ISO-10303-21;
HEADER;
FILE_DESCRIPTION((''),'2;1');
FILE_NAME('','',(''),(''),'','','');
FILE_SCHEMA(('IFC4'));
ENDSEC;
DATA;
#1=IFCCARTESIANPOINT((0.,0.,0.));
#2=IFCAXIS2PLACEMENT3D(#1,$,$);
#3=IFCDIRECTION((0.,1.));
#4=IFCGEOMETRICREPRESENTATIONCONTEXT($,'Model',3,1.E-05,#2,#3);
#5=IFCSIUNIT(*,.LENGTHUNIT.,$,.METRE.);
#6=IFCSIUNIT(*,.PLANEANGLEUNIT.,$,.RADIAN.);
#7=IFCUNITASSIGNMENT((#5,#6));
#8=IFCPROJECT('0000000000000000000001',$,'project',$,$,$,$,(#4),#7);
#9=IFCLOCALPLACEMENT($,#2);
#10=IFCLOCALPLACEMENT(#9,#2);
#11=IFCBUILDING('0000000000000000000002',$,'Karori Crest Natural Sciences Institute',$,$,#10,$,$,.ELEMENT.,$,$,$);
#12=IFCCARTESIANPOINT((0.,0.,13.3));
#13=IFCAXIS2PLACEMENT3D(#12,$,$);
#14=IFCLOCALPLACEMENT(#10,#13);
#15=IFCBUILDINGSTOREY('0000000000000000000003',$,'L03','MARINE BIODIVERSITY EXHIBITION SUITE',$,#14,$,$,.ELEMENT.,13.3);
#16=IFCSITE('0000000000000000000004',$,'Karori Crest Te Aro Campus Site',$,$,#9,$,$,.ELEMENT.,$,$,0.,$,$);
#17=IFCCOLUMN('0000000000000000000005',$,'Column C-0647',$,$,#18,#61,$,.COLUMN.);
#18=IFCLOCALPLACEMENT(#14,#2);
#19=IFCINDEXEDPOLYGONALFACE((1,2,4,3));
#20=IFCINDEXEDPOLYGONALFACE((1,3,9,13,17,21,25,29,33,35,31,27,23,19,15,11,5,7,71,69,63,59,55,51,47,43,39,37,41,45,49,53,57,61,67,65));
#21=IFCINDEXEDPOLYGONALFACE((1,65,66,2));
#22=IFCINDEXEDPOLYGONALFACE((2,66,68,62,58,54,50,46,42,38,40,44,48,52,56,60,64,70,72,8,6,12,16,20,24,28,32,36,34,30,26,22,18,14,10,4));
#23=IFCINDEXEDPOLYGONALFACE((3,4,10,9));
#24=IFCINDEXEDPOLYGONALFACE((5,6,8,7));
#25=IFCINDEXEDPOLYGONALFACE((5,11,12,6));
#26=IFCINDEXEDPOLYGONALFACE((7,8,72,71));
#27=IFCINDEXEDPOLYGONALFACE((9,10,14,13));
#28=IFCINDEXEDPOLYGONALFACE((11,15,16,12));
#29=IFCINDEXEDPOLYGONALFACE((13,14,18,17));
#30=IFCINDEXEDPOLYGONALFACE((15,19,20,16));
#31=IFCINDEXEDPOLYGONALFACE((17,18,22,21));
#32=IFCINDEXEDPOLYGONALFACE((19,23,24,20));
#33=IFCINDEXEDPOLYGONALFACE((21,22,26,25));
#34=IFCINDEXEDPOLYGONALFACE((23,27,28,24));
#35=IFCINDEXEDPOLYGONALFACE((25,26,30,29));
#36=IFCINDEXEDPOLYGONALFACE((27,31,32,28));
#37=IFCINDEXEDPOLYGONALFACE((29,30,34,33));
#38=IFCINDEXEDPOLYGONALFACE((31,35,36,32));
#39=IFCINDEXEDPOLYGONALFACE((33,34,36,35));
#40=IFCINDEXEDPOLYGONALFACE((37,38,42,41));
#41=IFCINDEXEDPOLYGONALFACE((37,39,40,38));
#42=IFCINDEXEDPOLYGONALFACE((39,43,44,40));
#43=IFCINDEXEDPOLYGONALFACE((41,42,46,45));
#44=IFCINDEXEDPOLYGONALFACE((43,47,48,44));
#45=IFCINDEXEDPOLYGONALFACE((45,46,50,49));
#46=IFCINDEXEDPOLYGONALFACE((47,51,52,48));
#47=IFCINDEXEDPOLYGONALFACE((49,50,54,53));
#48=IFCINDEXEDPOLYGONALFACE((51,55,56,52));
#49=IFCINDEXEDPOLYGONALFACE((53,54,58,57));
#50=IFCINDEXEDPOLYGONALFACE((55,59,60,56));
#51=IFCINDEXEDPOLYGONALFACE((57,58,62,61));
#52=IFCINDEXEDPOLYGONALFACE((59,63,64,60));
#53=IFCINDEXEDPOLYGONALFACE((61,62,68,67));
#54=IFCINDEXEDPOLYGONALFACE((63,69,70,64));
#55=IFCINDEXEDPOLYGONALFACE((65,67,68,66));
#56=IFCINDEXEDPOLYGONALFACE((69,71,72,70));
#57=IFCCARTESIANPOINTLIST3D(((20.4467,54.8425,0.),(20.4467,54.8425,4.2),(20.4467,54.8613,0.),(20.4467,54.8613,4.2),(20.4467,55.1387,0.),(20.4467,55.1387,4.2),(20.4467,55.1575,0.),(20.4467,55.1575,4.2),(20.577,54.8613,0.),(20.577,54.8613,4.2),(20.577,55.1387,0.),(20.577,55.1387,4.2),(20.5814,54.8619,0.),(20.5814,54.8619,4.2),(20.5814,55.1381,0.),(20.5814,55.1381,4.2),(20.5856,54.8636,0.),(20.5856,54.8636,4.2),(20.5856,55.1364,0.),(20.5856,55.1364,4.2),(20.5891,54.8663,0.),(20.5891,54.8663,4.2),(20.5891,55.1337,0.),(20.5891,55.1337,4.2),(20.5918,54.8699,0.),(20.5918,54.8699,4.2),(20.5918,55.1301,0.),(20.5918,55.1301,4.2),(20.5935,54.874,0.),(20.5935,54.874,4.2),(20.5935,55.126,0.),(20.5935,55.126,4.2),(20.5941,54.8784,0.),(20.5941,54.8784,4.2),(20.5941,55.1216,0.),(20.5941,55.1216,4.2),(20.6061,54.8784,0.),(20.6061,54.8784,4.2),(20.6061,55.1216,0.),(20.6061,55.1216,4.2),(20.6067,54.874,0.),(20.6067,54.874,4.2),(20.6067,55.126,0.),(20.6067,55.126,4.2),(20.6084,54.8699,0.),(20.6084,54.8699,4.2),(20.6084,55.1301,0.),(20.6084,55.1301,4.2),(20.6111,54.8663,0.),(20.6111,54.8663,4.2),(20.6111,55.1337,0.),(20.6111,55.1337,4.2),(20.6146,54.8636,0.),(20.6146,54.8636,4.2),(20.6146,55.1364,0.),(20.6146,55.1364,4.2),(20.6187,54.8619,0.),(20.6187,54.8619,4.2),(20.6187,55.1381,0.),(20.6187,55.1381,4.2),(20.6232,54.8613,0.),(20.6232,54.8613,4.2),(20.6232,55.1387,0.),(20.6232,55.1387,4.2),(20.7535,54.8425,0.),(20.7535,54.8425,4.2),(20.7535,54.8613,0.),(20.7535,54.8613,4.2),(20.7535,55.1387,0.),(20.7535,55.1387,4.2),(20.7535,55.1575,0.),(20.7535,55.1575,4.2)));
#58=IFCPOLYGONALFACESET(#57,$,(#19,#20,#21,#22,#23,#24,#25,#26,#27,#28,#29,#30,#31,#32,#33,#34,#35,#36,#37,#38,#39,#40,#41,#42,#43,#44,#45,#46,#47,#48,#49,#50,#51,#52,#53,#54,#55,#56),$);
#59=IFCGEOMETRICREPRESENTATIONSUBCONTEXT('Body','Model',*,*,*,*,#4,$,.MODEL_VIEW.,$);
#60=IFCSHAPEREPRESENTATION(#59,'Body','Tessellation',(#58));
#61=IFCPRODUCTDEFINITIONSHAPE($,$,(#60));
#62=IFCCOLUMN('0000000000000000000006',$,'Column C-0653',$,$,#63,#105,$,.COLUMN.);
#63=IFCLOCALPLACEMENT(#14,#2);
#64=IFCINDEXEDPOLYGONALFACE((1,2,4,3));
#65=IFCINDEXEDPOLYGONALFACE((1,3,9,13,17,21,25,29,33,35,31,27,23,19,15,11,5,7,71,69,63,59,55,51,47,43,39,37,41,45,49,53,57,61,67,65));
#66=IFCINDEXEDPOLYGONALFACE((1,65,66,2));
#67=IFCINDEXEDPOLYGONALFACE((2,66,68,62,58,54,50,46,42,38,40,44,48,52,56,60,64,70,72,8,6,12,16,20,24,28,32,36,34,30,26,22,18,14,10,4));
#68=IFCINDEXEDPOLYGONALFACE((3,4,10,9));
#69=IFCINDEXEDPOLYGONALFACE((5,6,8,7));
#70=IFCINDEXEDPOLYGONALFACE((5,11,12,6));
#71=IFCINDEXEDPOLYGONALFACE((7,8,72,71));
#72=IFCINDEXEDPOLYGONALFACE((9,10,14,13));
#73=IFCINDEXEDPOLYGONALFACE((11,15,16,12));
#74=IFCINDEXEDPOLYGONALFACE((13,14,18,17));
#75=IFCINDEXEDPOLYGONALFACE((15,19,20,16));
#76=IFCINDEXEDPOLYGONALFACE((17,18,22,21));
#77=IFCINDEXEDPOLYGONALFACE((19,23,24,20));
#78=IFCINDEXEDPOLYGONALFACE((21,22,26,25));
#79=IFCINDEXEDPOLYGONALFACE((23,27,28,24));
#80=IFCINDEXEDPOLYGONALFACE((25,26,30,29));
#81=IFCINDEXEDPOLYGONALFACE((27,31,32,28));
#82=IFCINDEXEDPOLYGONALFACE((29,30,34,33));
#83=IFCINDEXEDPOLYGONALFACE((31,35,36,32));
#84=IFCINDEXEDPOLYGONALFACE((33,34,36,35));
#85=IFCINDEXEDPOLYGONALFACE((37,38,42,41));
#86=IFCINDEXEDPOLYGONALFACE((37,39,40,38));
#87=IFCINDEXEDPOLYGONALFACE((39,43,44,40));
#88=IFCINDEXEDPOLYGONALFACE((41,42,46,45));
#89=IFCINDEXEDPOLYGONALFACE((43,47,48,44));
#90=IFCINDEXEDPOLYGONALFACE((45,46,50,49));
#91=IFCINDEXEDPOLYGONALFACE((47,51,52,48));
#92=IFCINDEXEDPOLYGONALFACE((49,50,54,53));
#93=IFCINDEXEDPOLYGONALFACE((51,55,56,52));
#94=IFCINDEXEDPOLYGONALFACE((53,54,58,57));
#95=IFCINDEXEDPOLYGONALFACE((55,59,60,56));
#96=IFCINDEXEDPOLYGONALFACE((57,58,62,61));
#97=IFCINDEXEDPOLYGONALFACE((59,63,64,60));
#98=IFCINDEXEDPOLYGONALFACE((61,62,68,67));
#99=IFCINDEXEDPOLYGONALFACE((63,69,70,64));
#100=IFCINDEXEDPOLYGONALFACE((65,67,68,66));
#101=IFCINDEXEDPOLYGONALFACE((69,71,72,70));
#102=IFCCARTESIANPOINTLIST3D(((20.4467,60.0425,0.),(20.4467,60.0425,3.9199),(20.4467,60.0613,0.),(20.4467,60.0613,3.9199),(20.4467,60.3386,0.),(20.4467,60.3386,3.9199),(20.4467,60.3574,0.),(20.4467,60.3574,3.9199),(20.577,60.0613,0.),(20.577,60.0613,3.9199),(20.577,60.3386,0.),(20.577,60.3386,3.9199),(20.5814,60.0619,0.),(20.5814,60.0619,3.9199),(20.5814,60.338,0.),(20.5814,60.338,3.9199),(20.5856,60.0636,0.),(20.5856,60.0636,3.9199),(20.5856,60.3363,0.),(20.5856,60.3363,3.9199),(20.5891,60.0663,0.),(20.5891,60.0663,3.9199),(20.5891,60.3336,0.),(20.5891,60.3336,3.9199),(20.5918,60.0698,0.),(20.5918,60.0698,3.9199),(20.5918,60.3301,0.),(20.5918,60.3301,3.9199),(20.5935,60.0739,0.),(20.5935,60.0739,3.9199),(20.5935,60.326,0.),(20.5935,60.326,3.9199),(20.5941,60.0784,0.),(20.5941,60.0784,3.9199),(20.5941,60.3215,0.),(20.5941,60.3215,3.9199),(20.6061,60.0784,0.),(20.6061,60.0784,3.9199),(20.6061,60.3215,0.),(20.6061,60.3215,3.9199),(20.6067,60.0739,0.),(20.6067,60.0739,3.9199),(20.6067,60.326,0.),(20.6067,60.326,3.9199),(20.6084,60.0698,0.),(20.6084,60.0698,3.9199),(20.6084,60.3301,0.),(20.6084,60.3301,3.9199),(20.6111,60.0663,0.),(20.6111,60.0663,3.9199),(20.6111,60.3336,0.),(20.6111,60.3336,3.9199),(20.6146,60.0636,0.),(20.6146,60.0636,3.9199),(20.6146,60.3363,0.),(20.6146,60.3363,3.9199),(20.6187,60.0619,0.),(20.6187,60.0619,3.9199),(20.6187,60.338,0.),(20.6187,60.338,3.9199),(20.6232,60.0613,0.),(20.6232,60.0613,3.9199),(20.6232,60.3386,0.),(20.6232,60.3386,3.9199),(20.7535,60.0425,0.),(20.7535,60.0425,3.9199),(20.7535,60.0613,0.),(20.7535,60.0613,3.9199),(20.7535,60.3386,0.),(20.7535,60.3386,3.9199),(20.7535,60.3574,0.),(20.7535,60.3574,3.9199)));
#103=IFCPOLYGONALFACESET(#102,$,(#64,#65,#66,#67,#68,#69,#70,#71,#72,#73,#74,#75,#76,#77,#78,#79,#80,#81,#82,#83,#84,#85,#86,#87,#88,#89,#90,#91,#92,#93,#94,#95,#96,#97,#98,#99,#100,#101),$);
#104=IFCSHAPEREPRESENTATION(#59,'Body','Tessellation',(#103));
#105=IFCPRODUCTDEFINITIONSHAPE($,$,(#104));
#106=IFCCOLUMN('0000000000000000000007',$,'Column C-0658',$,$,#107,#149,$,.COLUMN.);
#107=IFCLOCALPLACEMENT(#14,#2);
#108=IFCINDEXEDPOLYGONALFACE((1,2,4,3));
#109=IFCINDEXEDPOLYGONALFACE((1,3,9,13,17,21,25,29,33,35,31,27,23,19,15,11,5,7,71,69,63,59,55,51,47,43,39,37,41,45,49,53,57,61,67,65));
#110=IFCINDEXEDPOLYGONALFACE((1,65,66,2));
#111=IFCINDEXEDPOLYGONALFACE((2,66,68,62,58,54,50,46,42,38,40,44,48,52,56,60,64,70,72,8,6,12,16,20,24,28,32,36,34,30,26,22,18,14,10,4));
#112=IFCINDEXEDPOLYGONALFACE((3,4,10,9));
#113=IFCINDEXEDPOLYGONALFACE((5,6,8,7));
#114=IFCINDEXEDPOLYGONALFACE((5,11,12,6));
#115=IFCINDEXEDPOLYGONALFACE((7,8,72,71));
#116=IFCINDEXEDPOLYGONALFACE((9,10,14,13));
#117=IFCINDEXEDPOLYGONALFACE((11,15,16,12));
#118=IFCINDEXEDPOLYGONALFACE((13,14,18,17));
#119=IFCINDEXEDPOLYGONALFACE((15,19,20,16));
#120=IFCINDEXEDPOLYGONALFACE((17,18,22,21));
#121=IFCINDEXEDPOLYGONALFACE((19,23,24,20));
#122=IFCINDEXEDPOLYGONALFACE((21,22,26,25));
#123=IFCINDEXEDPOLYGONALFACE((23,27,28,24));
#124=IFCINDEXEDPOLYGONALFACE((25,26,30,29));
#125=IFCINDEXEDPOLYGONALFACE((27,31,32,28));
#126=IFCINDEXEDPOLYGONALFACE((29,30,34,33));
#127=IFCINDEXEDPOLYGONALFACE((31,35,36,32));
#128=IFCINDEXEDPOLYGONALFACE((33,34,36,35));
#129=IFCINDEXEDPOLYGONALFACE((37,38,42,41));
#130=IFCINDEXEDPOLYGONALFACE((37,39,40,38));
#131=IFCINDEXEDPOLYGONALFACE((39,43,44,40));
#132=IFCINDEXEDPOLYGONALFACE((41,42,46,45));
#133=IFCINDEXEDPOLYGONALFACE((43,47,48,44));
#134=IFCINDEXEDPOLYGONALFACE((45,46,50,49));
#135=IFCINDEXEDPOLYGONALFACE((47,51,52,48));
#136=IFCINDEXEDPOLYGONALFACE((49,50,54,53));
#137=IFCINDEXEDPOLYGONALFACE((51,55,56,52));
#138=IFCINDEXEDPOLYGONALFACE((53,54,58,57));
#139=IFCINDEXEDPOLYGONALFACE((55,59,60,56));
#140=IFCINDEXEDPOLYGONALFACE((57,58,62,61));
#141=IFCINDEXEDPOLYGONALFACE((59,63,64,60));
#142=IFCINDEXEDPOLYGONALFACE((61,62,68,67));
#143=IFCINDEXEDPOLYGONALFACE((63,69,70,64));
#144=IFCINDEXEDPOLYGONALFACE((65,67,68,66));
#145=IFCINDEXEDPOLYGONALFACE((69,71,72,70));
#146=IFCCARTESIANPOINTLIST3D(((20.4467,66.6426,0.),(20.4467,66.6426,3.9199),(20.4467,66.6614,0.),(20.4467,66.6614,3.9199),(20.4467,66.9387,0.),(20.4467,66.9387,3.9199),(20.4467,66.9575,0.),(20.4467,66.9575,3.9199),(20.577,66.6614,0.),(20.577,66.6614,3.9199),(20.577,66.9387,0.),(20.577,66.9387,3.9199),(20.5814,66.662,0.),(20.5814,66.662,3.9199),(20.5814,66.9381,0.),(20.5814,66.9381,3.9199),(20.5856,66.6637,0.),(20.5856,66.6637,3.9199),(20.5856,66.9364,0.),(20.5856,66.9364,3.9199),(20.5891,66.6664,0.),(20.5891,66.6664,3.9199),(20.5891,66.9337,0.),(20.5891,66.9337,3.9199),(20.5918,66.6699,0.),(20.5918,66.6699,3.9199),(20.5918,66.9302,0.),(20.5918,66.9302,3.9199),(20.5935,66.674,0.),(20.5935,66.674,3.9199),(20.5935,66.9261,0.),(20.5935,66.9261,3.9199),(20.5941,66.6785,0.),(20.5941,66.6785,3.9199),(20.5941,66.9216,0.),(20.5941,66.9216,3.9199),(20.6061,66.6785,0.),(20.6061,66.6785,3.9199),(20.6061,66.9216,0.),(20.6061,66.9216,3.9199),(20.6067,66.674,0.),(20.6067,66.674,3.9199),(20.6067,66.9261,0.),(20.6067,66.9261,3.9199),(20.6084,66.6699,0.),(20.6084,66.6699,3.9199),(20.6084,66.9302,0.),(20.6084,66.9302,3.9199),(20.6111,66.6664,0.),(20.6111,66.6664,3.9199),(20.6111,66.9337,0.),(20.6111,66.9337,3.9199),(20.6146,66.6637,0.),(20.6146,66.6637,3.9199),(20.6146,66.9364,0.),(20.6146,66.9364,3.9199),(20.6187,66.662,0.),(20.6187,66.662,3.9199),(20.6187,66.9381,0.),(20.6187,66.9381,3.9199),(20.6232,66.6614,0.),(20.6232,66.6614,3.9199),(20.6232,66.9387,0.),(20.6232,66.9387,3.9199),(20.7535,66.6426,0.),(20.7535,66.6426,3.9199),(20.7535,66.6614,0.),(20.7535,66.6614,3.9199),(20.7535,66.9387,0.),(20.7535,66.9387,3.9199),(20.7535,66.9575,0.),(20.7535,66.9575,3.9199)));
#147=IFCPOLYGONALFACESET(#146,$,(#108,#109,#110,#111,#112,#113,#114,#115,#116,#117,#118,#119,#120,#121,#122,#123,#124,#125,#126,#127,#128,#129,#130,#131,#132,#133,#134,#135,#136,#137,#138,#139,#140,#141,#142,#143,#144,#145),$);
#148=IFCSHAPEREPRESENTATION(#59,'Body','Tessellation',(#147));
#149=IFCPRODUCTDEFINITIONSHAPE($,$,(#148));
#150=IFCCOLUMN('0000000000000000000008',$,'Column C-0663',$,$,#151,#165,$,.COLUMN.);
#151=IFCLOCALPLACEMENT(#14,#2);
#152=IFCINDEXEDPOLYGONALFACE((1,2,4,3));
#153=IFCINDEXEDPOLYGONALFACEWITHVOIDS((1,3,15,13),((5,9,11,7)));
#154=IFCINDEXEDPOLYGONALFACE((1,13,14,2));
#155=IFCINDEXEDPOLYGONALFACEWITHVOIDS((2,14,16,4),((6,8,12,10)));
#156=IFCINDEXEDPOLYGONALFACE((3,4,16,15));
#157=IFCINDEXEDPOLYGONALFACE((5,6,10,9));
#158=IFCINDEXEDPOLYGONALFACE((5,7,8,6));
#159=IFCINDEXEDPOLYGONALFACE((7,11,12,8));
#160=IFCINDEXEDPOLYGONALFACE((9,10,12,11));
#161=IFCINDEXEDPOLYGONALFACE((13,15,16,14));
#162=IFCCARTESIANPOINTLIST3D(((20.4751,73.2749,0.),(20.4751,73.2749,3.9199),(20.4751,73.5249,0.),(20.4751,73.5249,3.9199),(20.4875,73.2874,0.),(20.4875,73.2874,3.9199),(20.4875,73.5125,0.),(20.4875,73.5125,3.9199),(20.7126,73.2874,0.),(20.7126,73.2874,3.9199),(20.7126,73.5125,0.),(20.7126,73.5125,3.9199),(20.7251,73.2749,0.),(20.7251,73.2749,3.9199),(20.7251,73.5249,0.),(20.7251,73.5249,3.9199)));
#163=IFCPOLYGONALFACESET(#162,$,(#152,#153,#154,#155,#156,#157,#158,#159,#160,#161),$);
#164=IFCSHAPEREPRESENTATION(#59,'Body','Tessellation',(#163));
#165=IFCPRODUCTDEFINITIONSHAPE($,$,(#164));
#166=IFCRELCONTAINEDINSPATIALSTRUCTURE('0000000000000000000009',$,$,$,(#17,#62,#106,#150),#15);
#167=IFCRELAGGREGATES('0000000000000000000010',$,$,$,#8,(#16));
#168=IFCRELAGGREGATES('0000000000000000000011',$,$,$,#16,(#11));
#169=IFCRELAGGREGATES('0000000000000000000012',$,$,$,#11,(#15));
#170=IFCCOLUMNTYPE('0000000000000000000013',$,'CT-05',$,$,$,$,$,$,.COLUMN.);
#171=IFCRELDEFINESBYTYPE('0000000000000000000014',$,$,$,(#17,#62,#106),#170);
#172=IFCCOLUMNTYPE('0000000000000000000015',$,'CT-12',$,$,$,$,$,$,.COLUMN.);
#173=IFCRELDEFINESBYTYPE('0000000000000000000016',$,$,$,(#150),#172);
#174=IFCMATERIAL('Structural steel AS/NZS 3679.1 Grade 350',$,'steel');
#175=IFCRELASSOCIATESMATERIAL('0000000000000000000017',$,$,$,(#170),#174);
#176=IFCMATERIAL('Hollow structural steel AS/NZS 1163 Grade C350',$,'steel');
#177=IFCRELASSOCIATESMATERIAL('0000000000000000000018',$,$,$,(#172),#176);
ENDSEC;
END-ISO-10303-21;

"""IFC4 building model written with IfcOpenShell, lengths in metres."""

from ifc_helpers import new_model, si_unit, direction, frame, origin, origin_2d, place, context, subcontext, project, spatial, hollow_rectangle, i_section, extrude, material, material_profile, profile_set, type_object, element, save


model = new_model("IFC4")

# Units and contexts
model_context = context("Model", 3, precision=1e-05, world=origin(), true_north=direction((0.0, 1.0)))
body_context = subcontext(model_context, "Body", "Model", "MODEL_VIEW")
ifc_project = project(units=[si_unit("LENGTHUNIT", "METRE"), si_unit("PLANEANGLEUNIT", "RADIAN")], contexts=[model_context])

# Site, building, storey
site_placement = place(None, origin())
site = spatial("IfcSite", under=ifc_project, at=site_placement, Name="Karori Crest Te Aro Campus Site", CompositionType="ELEMENT", RefElevation=0.0)
building_placement = place(site_placement, origin())
building = spatial("IfcBuilding", under=site, at=building_placement, Name="Karori Crest Natural Sciences Institute", CompositionType="ELEMENT")
storey_placement = place(building_placement, frame((0.0, 0.0, 13.3)))
storey = spatial("IfcBuildingStorey", under=building, at=storey_placement, Name="L03", Description="MARINE BIODIVERSITY EXHIBITION SUITE", CompositionType="ELEMENT", Elevation=13.3)

# Columns
ifc_material_1 = material(Name="Structural steel AS/NZS 3679.1 Grade 350", Category="steel")
ifc_material_profile_1 = material_profile(ifc_material_1, i_section(OverallWidth=0.3069, OverallDepth=0.3149, WebThickness=0.012, FlangeThickness=0.0188, FilletRadius=0.0171, at=origin_2d()), Name="310UC118")
ifc_profile_set_1 = profile_set([ifc_material_profile_1], Name="Structural steel AS/NZS 3679.1 Grade 350")
column_type_1 = type_object("IfcColumnType", Name="CT-05", PredefinedType="COLUMN", material=ifc_profile_set_1)
column_1_placement = place(storey_placement, frame((20.6001, 55.0, 0.0), z_axis=(0.0, 0.0, 1.0), x_axis=(1.0, 0.0, 0.0)))
element("IfcColumn", 1, at=column_1_placement, inside=storey, type_object=column_type_1, Name="Column C-0647", PredefinedType="COLUMN", context=body_context, shape_type="SweptSolid", body=[
    extrude(i_section(OverallWidth=0.3069, OverallDepth=0.3149, WebThickness=0.012, FlangeThickness=0.0188, FilletRadius=0.0171, at=origin_2d()), origin(), (0.0, 0.0, 1.0), 4.2),
])
for number, where, z_axis, x_axis, name in (
    (2, (20.6001, 60.2, 0.0), (0.0, 0.0, 1.0), (1.0, 0.0, 0.0), "Column C-0653"),
    (3, (20.6001, 66.8, 0.0), (0.0, 0.0, 1.0), (1.0, 0.0, 0.0), "Column C-0658"),
):
    element("IfcColumn", number, at=place(storey_placement, frame(where, z_axis=z_axis, x_axis=x_axis)), inside=storey, type_object=column_type_1, Name=name, PredefinedType="COLUMN", context=body_context, shape_type="SweptSolid", body=[
        extrude(i_section(OverallWidth=0.3069, OverallDepth=0.3149, WebThickness=0.012, FlangeThickness=0.0188, FilletRadius=0.0171, at=origin_2d()), origin(), (0.0, 0.0, 1.0), 3.9199),
    ])
ifc_material_2 = material(Name="Hollow structural steel AS/NZS 1163 Grade C350", Category="steel")
ifc_material_profile_2 = material_profile(ifc_material_2, hollow_rectangle(XDim=0.25, YDim=0.25, WallThickness=0.0125, at=origin_2d()), Name="SHS250x250x12.5")
ifc_profile_set_2 = profile_set([ifc_material_profile_2], Name="Hollow structural steel AS/NZS 1163 Grade C350")
column_type_2 = type_object("IfcColumnType", Name="CT-12", PredefinedType="COLUMN", material=ifc_profile_set_2)
column_2_placement = place(storey_placement, frame((20.6001, 73.3999, 0.0), z_axis=(0.0, 0.0, 1.0), x_axis=(1.0, 0.0, 0.0)))
element("IfcColumn", 4, at=column_2_placement, inside=storey, type_object=column_type_2, Name="Column C-0663", PredefinedType="COLUMN", context=body_context, shape_type="SweptSolid", body=[
    extrude(hollow_rectangle(XDim=0.25, YDim=0.25, WallThickness=0.0125, at=origin_2d()), origin(), (0.0, 0.0, 1.0), 3.9199),
])

save(model, "model.ifc")
